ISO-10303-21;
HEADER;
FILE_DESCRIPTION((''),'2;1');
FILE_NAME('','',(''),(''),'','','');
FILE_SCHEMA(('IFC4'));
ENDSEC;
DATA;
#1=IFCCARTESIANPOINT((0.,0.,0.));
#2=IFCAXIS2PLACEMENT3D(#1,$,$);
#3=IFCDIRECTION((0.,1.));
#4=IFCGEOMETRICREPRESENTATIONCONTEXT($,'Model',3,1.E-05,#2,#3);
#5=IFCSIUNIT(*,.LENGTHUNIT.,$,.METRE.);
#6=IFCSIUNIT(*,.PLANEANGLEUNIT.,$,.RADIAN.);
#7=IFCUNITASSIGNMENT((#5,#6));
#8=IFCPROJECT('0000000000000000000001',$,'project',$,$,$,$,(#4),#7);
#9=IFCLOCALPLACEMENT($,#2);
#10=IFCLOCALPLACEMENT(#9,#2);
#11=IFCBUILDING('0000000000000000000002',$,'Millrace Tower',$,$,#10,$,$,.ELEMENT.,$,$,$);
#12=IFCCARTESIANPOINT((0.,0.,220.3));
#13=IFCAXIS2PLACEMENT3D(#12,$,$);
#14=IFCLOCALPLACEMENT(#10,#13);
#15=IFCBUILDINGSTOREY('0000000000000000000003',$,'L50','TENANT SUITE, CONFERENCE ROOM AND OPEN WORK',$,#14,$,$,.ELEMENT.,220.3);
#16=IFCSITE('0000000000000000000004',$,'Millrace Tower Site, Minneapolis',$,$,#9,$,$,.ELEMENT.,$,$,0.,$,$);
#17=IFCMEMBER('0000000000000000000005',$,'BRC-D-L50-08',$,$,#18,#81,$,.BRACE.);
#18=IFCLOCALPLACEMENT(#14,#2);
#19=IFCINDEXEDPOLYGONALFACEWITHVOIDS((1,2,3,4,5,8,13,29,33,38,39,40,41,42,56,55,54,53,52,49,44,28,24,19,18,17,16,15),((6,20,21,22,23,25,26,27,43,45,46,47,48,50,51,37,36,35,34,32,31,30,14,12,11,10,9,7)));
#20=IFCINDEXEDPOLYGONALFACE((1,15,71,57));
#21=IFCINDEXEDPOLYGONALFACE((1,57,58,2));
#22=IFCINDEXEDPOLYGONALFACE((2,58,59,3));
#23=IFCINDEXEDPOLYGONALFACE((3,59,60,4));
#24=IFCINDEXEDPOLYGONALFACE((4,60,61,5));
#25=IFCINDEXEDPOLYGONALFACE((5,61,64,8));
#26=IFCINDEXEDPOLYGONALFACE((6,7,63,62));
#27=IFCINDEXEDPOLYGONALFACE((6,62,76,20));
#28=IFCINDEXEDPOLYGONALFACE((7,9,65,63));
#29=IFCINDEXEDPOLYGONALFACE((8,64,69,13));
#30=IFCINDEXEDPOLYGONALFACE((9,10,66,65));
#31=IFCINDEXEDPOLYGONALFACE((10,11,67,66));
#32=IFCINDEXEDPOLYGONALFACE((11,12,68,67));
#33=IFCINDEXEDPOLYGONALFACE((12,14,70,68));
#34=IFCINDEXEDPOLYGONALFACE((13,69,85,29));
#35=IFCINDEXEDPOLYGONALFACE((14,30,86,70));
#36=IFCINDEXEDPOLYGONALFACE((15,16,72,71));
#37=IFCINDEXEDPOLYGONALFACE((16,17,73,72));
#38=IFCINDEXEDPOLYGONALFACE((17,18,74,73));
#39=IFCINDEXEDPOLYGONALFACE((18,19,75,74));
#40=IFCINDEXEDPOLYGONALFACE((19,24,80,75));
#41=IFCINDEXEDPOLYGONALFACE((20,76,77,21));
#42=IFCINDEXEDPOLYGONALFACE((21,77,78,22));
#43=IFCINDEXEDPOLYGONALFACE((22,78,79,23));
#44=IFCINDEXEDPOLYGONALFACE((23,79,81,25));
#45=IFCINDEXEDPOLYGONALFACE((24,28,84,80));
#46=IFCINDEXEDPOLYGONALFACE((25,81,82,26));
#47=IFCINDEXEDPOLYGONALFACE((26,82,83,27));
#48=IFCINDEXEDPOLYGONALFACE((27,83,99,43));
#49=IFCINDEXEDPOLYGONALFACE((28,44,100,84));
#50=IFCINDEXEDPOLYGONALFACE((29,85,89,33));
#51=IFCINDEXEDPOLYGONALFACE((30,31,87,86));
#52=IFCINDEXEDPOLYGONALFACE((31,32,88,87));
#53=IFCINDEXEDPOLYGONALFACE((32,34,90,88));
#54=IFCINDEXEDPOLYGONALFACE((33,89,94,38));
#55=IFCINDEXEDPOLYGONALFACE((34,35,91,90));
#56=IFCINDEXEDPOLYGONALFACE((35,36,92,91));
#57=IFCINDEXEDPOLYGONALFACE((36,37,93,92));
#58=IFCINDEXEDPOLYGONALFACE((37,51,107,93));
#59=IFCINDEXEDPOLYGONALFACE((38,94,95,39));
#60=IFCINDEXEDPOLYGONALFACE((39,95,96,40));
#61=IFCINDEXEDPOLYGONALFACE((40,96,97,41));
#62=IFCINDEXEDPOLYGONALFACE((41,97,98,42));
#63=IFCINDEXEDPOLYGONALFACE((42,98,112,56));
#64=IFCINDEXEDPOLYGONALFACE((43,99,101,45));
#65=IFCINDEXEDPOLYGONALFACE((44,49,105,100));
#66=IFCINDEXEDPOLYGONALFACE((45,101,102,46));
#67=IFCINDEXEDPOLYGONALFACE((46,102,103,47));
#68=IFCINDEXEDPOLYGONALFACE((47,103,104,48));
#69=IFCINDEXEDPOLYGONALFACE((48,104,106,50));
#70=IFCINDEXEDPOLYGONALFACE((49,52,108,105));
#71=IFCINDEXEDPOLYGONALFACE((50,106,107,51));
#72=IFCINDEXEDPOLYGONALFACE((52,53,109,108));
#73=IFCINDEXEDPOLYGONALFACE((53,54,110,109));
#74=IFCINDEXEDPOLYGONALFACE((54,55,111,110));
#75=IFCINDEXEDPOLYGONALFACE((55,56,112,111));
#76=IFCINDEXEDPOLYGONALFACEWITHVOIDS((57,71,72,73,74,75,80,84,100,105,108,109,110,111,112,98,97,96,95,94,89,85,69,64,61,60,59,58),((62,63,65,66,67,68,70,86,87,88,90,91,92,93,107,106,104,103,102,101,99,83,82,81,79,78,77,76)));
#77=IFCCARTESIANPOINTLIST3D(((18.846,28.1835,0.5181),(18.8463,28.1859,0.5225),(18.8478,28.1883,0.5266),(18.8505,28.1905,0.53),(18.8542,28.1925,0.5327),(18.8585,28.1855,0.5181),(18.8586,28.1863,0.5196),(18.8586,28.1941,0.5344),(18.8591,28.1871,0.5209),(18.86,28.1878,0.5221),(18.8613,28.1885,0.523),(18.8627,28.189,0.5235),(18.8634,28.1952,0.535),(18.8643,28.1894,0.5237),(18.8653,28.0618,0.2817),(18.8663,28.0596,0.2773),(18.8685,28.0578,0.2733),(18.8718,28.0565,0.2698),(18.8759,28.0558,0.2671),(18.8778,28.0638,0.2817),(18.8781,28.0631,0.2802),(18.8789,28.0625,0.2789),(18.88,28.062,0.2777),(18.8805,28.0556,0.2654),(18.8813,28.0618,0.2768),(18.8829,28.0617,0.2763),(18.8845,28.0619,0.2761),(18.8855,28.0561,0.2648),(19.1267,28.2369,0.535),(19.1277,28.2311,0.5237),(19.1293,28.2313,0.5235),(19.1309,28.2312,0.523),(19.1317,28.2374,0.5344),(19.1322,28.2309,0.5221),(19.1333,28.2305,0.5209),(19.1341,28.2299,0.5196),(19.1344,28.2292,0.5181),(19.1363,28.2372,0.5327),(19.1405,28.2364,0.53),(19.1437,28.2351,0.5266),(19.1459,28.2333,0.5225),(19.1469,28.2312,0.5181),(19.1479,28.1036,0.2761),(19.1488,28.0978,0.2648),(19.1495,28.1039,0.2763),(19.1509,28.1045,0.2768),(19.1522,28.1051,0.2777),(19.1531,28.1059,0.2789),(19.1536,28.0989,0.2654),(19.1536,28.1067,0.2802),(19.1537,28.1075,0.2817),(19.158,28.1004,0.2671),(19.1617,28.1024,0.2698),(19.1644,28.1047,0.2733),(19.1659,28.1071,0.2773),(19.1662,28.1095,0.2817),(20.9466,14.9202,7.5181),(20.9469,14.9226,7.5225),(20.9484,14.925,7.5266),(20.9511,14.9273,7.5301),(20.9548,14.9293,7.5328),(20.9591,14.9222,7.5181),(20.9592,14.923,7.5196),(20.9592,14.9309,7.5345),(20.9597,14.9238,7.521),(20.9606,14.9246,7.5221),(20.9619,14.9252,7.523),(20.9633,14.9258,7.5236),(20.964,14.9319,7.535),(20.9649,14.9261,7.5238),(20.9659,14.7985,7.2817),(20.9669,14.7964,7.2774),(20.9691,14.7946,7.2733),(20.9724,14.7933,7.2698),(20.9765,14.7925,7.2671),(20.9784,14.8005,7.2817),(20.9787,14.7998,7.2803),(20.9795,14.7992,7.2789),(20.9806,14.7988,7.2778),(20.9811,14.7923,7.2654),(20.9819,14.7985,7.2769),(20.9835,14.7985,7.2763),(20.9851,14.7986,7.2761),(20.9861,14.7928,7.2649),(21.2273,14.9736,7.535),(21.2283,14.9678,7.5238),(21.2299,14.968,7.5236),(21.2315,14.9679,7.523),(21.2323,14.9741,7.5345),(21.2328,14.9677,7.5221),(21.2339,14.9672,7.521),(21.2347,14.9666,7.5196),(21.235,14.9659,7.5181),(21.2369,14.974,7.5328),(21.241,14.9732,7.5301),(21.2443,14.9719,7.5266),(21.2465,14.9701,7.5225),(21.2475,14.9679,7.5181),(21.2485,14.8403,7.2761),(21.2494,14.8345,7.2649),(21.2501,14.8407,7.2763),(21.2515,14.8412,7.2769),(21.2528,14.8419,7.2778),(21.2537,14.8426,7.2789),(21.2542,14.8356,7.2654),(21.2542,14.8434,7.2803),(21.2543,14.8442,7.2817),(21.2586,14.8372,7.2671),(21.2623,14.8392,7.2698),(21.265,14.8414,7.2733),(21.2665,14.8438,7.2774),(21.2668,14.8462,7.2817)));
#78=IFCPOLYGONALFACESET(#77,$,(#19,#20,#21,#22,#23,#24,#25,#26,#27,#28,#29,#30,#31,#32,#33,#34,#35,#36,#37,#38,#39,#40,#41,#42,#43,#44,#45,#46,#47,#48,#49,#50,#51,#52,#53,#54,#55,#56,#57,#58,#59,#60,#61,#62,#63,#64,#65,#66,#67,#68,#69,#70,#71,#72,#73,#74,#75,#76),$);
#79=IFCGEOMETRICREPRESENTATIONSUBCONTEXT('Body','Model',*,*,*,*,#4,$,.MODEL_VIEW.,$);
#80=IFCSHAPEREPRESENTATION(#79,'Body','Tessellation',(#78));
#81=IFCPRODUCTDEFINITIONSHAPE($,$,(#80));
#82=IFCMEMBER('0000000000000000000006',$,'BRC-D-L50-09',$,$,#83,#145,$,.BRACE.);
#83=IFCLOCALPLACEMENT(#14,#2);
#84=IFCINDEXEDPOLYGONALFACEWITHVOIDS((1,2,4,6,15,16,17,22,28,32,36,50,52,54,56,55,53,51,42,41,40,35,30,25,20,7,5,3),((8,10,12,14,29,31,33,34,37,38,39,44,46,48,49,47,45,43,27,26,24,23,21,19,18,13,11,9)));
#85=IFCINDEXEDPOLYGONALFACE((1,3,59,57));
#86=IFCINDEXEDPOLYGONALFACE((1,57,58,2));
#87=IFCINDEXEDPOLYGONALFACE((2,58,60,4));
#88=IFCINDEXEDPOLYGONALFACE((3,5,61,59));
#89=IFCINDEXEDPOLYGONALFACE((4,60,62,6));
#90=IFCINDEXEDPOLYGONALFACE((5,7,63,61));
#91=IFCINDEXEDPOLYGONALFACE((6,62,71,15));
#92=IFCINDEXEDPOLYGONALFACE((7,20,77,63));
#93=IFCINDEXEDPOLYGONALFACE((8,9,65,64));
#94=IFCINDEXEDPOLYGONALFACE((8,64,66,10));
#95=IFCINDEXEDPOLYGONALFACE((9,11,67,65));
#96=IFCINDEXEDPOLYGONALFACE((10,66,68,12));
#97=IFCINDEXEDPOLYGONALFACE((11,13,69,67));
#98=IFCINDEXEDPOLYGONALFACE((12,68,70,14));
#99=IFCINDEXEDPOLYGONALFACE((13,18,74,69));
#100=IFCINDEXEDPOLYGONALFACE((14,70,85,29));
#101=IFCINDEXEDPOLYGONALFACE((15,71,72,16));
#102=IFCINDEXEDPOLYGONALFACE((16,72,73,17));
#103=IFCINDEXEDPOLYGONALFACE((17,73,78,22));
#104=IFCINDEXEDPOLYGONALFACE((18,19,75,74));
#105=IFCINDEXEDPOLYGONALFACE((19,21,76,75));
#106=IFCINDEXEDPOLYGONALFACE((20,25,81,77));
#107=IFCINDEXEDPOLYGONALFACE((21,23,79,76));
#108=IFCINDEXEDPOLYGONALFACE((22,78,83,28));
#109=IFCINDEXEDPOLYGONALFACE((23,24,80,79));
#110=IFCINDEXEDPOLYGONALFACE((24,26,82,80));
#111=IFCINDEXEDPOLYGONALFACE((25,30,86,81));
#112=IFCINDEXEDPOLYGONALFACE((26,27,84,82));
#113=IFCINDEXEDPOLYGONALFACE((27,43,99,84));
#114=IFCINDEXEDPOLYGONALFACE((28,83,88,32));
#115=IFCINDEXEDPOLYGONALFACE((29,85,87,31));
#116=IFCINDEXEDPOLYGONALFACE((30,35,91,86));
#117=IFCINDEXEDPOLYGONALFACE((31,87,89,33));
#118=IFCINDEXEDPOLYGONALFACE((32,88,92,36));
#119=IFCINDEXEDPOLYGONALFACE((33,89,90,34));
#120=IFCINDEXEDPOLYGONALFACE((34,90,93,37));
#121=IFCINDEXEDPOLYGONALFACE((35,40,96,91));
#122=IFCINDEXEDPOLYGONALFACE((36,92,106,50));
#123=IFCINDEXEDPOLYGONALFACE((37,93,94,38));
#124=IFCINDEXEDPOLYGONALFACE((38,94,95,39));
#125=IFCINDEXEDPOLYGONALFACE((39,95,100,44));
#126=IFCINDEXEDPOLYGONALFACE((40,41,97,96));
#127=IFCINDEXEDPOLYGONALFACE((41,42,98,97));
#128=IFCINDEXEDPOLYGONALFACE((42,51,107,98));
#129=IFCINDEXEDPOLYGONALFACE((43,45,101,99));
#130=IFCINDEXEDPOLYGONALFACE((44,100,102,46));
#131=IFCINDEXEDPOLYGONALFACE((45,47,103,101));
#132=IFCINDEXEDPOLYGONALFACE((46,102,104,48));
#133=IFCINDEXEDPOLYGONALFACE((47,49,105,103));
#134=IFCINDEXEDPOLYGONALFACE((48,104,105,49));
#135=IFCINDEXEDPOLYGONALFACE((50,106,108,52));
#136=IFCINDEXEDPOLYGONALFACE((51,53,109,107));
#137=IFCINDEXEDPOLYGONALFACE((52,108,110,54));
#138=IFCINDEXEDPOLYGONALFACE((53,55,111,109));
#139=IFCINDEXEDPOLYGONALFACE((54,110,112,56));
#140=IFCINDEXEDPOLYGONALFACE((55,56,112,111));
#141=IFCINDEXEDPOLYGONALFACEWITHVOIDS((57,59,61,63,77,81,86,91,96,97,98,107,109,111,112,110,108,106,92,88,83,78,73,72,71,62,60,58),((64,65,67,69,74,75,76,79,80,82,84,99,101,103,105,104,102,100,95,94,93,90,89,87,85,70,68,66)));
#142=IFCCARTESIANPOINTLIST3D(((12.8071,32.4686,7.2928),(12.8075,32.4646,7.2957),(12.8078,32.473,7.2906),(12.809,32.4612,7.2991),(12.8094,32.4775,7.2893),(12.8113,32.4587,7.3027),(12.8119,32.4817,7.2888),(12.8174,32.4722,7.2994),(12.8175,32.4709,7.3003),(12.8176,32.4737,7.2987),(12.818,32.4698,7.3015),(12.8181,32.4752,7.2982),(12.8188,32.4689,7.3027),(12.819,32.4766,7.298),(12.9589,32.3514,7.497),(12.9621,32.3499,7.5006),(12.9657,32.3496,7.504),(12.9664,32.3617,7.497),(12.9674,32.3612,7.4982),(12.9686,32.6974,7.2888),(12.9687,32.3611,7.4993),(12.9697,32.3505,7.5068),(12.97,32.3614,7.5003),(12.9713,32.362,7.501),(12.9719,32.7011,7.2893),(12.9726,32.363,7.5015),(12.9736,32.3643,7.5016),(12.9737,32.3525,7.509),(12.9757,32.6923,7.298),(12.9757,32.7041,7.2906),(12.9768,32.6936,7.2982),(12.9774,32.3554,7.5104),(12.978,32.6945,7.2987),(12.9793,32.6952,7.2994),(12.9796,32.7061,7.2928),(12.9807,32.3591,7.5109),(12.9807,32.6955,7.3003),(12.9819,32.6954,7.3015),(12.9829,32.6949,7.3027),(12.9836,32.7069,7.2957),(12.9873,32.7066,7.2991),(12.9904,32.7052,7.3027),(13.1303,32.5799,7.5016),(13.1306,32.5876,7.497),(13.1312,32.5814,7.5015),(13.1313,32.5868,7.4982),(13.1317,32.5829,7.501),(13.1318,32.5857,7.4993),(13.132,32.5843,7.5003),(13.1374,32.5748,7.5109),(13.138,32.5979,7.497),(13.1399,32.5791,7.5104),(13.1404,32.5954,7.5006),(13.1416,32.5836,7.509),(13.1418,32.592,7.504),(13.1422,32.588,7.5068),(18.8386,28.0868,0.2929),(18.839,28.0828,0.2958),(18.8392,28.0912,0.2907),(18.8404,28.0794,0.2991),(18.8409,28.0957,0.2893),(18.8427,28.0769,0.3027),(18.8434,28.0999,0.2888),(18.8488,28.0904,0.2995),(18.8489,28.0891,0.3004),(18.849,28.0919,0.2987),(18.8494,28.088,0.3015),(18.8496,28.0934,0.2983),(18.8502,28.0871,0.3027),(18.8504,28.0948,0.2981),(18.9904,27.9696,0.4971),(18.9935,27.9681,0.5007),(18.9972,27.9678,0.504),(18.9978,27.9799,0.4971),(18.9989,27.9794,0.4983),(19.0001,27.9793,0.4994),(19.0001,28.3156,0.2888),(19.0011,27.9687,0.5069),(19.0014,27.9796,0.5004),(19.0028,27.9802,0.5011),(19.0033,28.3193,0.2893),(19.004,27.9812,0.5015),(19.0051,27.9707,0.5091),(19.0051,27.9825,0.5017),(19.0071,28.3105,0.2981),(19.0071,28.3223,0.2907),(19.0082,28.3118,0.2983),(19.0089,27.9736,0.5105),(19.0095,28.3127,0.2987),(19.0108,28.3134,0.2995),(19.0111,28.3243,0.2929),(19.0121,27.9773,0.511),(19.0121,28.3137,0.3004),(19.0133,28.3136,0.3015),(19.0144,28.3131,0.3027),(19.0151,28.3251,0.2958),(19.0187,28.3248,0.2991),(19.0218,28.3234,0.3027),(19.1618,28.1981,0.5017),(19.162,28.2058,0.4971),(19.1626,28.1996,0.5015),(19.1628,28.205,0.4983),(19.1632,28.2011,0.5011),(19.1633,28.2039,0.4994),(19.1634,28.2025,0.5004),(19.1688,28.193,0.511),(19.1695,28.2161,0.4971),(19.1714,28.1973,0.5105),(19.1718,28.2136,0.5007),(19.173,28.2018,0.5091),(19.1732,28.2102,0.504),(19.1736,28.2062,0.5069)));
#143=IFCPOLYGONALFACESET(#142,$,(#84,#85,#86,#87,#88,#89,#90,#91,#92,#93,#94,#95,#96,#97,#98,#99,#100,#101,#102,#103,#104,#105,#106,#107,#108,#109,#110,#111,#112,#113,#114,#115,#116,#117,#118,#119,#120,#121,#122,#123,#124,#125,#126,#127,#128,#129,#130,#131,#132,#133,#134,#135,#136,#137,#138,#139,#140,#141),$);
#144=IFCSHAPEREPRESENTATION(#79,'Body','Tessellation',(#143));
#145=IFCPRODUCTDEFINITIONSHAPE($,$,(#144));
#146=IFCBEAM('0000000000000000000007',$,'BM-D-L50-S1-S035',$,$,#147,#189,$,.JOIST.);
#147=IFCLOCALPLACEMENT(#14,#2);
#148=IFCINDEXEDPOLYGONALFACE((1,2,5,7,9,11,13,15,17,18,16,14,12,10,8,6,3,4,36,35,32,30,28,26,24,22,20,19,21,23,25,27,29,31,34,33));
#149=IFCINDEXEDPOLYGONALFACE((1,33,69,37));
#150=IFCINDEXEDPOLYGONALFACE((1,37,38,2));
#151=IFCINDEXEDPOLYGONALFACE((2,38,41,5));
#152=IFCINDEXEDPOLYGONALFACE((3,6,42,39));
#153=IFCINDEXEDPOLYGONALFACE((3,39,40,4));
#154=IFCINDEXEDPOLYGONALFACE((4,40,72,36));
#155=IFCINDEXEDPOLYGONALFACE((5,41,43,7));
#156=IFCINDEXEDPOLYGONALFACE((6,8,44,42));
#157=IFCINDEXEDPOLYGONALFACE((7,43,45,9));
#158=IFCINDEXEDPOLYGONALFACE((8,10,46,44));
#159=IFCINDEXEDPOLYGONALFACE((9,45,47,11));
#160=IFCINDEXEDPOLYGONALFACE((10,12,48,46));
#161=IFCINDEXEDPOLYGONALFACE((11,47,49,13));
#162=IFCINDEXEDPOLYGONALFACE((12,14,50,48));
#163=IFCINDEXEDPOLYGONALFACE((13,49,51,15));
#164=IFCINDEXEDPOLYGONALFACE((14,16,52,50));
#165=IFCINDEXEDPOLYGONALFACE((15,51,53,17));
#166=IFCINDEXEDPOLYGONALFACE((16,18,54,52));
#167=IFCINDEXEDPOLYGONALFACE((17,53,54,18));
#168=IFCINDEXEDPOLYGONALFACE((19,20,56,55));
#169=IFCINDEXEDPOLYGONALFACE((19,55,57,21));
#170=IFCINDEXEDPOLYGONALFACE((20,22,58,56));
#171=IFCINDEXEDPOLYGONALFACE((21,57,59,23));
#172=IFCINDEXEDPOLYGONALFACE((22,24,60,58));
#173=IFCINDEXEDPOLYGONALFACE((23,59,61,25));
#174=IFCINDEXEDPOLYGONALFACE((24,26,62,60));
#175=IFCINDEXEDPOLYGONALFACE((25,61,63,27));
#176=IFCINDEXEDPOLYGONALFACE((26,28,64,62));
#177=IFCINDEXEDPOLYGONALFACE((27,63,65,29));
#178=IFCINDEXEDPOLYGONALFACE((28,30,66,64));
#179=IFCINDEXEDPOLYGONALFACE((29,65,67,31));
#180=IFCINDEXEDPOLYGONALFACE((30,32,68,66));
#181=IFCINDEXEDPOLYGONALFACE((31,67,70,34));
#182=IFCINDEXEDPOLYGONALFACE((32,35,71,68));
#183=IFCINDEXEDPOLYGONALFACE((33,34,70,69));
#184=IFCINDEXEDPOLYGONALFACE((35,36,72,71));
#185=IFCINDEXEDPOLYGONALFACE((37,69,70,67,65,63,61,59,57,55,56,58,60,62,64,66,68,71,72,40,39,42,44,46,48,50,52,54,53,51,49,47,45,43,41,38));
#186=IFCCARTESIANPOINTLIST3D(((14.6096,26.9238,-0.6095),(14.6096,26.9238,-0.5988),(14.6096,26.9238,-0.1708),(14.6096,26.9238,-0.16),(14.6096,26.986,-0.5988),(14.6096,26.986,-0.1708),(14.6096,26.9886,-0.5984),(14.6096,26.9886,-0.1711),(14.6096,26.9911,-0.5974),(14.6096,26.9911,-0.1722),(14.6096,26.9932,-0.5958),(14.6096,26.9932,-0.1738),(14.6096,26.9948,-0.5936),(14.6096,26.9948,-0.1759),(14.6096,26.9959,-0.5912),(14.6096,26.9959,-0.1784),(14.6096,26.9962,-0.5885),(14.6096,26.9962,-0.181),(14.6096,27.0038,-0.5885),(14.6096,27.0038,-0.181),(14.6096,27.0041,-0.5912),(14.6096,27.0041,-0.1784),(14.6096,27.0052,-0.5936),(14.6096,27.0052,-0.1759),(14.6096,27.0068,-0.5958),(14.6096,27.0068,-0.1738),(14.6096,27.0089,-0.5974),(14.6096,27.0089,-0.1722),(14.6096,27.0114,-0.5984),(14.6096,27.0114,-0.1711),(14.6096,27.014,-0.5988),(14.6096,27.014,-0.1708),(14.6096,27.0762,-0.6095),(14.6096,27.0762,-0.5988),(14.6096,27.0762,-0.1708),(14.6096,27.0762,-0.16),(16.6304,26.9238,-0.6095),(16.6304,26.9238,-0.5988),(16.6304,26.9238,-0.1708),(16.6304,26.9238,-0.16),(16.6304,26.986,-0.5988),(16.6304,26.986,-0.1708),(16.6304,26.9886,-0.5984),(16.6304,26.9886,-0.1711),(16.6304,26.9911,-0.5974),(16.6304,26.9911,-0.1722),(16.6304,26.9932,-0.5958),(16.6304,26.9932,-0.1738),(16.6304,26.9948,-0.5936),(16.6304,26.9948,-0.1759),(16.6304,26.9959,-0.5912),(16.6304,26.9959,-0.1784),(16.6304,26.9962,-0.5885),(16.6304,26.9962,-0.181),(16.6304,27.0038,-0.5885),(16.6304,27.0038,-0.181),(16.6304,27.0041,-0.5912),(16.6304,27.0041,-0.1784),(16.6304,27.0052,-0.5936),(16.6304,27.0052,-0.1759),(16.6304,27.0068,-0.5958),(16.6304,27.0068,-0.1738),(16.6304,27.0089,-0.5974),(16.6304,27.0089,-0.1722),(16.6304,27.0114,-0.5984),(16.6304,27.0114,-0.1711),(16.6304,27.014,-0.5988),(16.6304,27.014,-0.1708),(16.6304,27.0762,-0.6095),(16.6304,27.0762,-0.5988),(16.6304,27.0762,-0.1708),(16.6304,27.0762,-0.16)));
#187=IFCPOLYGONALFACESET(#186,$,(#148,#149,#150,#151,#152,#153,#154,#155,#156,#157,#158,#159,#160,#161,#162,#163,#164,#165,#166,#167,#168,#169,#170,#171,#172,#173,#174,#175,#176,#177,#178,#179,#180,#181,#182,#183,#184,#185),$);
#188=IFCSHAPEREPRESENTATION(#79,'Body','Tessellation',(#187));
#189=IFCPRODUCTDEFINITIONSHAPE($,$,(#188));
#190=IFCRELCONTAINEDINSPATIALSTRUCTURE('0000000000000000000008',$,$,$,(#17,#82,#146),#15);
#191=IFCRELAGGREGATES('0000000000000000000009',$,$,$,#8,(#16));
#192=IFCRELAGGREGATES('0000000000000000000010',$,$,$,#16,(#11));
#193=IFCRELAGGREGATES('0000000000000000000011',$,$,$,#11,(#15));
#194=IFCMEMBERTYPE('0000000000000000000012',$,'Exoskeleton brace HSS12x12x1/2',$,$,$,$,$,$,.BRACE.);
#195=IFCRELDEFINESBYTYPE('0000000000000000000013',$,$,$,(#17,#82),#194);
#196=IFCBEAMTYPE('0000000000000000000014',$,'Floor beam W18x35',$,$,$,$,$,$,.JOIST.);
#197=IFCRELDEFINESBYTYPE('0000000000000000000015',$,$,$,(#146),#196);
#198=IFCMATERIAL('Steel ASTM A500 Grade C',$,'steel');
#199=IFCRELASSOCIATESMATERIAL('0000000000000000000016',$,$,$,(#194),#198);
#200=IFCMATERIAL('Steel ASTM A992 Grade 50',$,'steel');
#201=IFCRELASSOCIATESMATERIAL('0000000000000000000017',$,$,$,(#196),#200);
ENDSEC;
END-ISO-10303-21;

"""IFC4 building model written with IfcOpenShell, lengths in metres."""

from ifc_helpers import new_model, si_unit, direction, frame, origin, origin_2d, place, context, subcontext, project, spatial, hollow_rectangle, i_section, extrude, material, material_profile, profile_set, type_object, element, save


model = new_model("IFC4")

# Units and contexts
model_context = context("Model", 3, precision=1e-05, world=origin(), true_north=direction((0.0, 1.0)))
body_context = subcontext(model_context, "Body", "Model", "MODEL_VIEW")
ifc_project = project(units=[si_unit("LENGTHUNIT", "METRE"), si_unit("PLANEANGLEUNIT", "RADIAN")], contexts=[model_context])

# Site, building, storey
site_placement = place(None, origin())
site = spatial("IfcSite", under=ifc_project, at=site_placement, Name="Millrace Tower Site, Minneapolis", CompositionType="ELEMENT", RefElevation=0.0)
building_placement = place(site_placement, origin())
building = spatial("IfcBuilding", under=site, at=building_placement, Name="Millrace Tower", CompositionType="ELEMENT")
storey_placement = place(building_placement, frame((0.0, 0.0, 220.3)))
storey = spatial("IfcBuildingStorey", under=building, at=storey_placement, Name="L50", Description="TENANT SUITE, CONFERENCE ROOM AND OPEN WORK", CompositionType="ELEMENT", Elevation=220.3)

# Members
ifc_material_1 = material(Name="Steel ASTM A500 Grade C", Category="steel")
ifc_material_profile_1 = material_profile(ifc_material_1, hollow_rectangle(XDim=0.3047, YDim=0.3047, WallThickness=0.0127, InnerFilletRadius=0.0063, OuterFilletRadius=0.019, at=origin_2d()))
ifc_profile_set_1 = profile_set([ifc_material_profile_1], Name="Steel ASTM A500 Grade C")
member_type_1 = type_object("IfcMemberType", Name="Exoskeleton brace HSS12x12x1/2", PredefinedType="BRACE", material=ifc_profile_set_1)
member_1_placement = place(storey_placement, frame((19.0061, 28.1465, 0.3999), z_axis=(0.138712, -0.875836, 0.462246), x_axis=(0.987689, 0.156427, 0.0)))
element("IfcMember", 1, at=member_1_placement, inside=storey, type_object=member_type_1, Name="BRC-D-L50-08", PredefinedType="BRACE", context=body_context, shape_type="SweptSolid", body=[
    extrude(hollow_rectangle(XDim=0.3047, YDim=0.3047, WallThickness=0.0127, InnerFilletRadius=0.0063, OuterFilletRadius=0.019, at=origin_2d()), origin(), (0.0, 0.0, 1.0), 15.1436),
])
member_2_placement = place(storey_placement, frame((19.0061, 28.1465, 0.3999), z_axis=(-0.589796, 0.428482, 0.684502), x_axis=(-0.587759, -0.809036, 0.0)))
element("IfcMember", 2, at=member_2_placement, inside=storey, type_object=member_type_1, Name="BRC-D-L50-09", PredefinedType="BRACE", context=body_context, shape_type="SweptSolid", body=[
    extrude(hollow_rectangle(XDim=0.3047, YDim=0.3047, WallThickness=0.0127, InnerFilletRadius=0.0063, OuterFilletRadius=0.019, at=origin_2d()), origin(), (0.0, 0.0, 1.0), 10.2263),
])

# Beam
ifc_material_2 = material(Name="Steel ASTM A992 Grade 50", Category="steel")
ifc_material_profile_2 = material_profile(ifc_material_2, i_section(OverallWidth=0.1523, OverallDepth=0.4495, WebThickness=0.0076, FlangeThickness=0.0107, FilletRadius=0.0103, at=origin_2d()))
ifc_profile_set_2 = profile_set([ifc_material_profile_2], Name="Steel ASTM A992 Grade 50")
beam_type_1 = type_object("IfcBeamType", Name="Floor beam W18x35", PredefinedType="JOIST", material=ifc_profile_set_2)
beam_1_placement = place(storey_placement, frame((14.6096, 27.0, -0.3848), z_axis=(1.0, 0.0, 0.0), x_axis=(0.0, 1.0, 0.0)))
element("IfcBeam", 3, at=beam_1_placement, inside=storey, type_object=beam_type_1, Name="BM-D-L50-S1-S035", PredefinedType="JOIST", context=body_context, shape_type="SweptSolid", body=[
    extrude(i_section(OverallWidth=0.1523, OverallDepth=0.4495, WebThickness=0.0076, FlangeThickness=0.0107, FilletRadius=0.0103, at=origin_2d()), origin(), (0.0, 0.0, 1.0), 2.0208),
])

save(model, "model.ifc")
